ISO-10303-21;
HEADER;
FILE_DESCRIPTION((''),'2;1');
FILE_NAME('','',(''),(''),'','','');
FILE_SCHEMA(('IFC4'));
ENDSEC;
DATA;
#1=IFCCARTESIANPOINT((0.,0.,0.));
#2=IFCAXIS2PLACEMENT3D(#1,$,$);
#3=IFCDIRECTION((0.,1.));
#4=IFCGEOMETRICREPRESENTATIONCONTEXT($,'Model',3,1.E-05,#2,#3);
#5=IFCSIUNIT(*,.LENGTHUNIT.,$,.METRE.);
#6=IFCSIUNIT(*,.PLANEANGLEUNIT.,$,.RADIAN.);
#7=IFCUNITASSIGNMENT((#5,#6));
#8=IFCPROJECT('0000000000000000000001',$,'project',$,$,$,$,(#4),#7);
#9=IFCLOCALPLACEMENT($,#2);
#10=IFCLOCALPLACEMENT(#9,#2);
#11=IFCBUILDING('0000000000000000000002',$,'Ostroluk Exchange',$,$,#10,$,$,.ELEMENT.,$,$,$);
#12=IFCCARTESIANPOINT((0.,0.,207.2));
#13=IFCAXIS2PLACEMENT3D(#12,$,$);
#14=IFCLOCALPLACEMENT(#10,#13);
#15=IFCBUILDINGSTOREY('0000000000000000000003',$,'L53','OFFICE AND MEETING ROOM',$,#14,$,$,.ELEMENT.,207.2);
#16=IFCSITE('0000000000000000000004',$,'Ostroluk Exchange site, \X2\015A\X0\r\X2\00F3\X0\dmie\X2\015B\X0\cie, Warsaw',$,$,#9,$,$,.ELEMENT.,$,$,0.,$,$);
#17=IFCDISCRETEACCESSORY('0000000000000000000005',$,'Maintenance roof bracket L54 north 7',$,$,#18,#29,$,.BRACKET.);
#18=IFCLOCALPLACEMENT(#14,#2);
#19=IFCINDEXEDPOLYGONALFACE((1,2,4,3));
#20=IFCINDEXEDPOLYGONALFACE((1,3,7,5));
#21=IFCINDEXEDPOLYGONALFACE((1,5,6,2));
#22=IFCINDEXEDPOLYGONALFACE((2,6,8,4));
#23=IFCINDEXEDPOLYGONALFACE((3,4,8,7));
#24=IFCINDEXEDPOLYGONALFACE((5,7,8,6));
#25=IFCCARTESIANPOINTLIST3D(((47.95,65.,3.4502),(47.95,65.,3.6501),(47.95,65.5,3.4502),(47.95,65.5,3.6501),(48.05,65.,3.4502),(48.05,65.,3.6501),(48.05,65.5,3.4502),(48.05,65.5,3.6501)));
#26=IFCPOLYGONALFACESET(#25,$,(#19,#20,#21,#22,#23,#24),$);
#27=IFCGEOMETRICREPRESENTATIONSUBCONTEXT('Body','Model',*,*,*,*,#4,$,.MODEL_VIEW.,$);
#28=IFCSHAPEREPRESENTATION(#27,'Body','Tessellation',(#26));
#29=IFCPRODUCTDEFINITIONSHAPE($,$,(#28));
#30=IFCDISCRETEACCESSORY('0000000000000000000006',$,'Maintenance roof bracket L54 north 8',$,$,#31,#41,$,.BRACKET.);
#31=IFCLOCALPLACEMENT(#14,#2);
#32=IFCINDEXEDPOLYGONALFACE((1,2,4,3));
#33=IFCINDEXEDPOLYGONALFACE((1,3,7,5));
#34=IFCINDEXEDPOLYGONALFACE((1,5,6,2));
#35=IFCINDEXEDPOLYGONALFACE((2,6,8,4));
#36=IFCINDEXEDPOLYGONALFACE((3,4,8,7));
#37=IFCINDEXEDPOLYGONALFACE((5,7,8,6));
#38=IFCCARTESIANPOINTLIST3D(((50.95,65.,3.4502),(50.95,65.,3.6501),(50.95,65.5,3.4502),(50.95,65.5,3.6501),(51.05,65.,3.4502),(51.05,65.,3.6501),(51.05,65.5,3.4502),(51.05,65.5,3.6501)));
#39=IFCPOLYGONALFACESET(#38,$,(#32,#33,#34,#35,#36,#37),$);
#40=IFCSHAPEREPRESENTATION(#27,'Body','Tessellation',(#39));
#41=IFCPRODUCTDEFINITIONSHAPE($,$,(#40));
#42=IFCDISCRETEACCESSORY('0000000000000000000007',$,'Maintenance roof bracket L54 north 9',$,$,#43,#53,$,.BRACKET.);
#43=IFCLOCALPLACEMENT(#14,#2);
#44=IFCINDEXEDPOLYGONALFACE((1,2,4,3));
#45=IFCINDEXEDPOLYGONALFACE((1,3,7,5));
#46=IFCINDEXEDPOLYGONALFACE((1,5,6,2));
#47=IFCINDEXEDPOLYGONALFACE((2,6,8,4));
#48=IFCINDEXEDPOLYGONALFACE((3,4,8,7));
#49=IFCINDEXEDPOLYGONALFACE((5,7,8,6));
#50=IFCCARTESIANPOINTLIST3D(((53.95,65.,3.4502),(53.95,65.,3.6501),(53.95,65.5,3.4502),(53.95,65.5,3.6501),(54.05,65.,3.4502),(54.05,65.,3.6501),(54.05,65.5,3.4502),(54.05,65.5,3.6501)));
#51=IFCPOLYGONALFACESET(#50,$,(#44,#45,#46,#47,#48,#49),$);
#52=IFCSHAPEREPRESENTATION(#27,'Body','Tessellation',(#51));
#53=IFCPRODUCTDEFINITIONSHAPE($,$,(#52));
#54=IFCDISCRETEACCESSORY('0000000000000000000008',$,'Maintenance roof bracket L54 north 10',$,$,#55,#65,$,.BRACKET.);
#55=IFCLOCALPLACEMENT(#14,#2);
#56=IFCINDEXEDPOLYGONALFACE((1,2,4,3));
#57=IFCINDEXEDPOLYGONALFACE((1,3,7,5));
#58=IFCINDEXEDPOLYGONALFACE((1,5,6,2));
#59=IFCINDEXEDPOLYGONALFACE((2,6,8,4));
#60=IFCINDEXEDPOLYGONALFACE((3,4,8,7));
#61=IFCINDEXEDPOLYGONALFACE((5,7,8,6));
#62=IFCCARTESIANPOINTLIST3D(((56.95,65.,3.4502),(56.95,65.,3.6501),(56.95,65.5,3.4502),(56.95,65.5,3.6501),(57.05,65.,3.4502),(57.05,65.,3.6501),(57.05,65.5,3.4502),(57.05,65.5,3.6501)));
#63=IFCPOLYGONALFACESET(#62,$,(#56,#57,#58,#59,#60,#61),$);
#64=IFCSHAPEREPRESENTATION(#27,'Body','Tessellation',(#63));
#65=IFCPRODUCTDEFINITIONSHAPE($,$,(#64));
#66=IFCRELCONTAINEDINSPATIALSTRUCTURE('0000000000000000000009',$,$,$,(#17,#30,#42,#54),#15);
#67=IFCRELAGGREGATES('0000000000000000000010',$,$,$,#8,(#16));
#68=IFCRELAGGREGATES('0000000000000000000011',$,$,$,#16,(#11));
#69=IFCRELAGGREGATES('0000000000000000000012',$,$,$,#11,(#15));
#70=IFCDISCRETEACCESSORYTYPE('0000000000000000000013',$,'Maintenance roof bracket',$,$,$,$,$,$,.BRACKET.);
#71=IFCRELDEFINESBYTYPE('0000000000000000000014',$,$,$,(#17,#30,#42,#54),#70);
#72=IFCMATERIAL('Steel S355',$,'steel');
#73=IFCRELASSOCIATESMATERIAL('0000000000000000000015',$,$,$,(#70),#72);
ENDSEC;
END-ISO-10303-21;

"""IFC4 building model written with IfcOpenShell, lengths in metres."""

from ifc_helpers import new_model, si_unit, direction, frame, origin, origin_2d, place, context, subcontext, project, spatial, rectangle, extrude, material, type_object, element, save


model = new_model("IFC4")

# Units and contexts
model_context = context("Model", 3, precision=1e-05, world=origin(), true_north=direction((0.0, 1.0)))
body_context = subcontext(model_context, "Body", "Model", "MODEL_VIEW")
ifc_project = project(units=[si_unit("LENGTHUNIT", "METRE"), si_unit("PLANEANGLEUNIT", "RADIAN")], contexts=[model_context])

# Site, building, storey
site_placement = place(None, origin())
site = spatial("IfcSite", under=ifc_project, at=site_placement, Name="Ostroluk Exchange site, Śródmieście, Warsaw", CompositionType="ELEMENT", RefElevation=0.0)
building_placement = place(site_placement, origin())
building = spatial("IfcBuilding", under=site, at=building_placement, Name="Ostroluk Exchange", CompositionType="ELEMENT")
storey_placement = place(building_placement, frame((0.0, 0.0, 207.2)))
storey = spatial("IfcBuildingStorey", under=building, at=storey_placement, Name="L53", Description="OFFICE AND MEETING ROOM", CompositionType="ELEMENT", Elevation=207.2)

# Discrete accessories
ifc_material_1 = material(Name="Steel S355", Category="steel")
discrete_accessory_type = type_object("IfcDiscreteAccessoryType", Name="Maintenance roof bracket", PredefinedType="BRACKET", material=ifc_material_1)
for number, where, z_axis, x_axis, name in (
    (1, (48.0, 65.25, 3.4502), (0.0, 0.0, 1.0), (1.0, 0.0, 0.0), "Maintenance roof bracket L54 north 7"),
    (2, (51.0, 65.25, 3.4502), (0.0, 0.0, 1.0), (1.0, 0.0, 0.0), "Maintenance roof bracket L54 north 8"),
    (3, (54.0, 65.25, 3.4502), (0.0, 0.0, 1.0), (1.0, 0.0, 0.0), "Maintenance roof bracket L54 north 9"),
    (4, (57.0, 65.25, 3.4502), (0.0, 0.0, 1.0), (1.0, 0.0, 0.0), "Maintenance roof bracket L54 north 10"),
):
    element("IfcDiscreteAccessory", number, at=place(storey_placement, frame(where, z_axis=z_axis, x_axis=x_axis)), inside=storey, type_object=discrete_accessory_type, Name=name, PredefinedType="BRACKET", context=body_context, shape_type="SweptSolid", body=[
        extrude(rectangle(XDim=0.1001, YDim=0.5, at=origin_2d()), origin(), (0.0, 0.0, 1.0), 0.2),
    ])

save(model, "model.ifc")
